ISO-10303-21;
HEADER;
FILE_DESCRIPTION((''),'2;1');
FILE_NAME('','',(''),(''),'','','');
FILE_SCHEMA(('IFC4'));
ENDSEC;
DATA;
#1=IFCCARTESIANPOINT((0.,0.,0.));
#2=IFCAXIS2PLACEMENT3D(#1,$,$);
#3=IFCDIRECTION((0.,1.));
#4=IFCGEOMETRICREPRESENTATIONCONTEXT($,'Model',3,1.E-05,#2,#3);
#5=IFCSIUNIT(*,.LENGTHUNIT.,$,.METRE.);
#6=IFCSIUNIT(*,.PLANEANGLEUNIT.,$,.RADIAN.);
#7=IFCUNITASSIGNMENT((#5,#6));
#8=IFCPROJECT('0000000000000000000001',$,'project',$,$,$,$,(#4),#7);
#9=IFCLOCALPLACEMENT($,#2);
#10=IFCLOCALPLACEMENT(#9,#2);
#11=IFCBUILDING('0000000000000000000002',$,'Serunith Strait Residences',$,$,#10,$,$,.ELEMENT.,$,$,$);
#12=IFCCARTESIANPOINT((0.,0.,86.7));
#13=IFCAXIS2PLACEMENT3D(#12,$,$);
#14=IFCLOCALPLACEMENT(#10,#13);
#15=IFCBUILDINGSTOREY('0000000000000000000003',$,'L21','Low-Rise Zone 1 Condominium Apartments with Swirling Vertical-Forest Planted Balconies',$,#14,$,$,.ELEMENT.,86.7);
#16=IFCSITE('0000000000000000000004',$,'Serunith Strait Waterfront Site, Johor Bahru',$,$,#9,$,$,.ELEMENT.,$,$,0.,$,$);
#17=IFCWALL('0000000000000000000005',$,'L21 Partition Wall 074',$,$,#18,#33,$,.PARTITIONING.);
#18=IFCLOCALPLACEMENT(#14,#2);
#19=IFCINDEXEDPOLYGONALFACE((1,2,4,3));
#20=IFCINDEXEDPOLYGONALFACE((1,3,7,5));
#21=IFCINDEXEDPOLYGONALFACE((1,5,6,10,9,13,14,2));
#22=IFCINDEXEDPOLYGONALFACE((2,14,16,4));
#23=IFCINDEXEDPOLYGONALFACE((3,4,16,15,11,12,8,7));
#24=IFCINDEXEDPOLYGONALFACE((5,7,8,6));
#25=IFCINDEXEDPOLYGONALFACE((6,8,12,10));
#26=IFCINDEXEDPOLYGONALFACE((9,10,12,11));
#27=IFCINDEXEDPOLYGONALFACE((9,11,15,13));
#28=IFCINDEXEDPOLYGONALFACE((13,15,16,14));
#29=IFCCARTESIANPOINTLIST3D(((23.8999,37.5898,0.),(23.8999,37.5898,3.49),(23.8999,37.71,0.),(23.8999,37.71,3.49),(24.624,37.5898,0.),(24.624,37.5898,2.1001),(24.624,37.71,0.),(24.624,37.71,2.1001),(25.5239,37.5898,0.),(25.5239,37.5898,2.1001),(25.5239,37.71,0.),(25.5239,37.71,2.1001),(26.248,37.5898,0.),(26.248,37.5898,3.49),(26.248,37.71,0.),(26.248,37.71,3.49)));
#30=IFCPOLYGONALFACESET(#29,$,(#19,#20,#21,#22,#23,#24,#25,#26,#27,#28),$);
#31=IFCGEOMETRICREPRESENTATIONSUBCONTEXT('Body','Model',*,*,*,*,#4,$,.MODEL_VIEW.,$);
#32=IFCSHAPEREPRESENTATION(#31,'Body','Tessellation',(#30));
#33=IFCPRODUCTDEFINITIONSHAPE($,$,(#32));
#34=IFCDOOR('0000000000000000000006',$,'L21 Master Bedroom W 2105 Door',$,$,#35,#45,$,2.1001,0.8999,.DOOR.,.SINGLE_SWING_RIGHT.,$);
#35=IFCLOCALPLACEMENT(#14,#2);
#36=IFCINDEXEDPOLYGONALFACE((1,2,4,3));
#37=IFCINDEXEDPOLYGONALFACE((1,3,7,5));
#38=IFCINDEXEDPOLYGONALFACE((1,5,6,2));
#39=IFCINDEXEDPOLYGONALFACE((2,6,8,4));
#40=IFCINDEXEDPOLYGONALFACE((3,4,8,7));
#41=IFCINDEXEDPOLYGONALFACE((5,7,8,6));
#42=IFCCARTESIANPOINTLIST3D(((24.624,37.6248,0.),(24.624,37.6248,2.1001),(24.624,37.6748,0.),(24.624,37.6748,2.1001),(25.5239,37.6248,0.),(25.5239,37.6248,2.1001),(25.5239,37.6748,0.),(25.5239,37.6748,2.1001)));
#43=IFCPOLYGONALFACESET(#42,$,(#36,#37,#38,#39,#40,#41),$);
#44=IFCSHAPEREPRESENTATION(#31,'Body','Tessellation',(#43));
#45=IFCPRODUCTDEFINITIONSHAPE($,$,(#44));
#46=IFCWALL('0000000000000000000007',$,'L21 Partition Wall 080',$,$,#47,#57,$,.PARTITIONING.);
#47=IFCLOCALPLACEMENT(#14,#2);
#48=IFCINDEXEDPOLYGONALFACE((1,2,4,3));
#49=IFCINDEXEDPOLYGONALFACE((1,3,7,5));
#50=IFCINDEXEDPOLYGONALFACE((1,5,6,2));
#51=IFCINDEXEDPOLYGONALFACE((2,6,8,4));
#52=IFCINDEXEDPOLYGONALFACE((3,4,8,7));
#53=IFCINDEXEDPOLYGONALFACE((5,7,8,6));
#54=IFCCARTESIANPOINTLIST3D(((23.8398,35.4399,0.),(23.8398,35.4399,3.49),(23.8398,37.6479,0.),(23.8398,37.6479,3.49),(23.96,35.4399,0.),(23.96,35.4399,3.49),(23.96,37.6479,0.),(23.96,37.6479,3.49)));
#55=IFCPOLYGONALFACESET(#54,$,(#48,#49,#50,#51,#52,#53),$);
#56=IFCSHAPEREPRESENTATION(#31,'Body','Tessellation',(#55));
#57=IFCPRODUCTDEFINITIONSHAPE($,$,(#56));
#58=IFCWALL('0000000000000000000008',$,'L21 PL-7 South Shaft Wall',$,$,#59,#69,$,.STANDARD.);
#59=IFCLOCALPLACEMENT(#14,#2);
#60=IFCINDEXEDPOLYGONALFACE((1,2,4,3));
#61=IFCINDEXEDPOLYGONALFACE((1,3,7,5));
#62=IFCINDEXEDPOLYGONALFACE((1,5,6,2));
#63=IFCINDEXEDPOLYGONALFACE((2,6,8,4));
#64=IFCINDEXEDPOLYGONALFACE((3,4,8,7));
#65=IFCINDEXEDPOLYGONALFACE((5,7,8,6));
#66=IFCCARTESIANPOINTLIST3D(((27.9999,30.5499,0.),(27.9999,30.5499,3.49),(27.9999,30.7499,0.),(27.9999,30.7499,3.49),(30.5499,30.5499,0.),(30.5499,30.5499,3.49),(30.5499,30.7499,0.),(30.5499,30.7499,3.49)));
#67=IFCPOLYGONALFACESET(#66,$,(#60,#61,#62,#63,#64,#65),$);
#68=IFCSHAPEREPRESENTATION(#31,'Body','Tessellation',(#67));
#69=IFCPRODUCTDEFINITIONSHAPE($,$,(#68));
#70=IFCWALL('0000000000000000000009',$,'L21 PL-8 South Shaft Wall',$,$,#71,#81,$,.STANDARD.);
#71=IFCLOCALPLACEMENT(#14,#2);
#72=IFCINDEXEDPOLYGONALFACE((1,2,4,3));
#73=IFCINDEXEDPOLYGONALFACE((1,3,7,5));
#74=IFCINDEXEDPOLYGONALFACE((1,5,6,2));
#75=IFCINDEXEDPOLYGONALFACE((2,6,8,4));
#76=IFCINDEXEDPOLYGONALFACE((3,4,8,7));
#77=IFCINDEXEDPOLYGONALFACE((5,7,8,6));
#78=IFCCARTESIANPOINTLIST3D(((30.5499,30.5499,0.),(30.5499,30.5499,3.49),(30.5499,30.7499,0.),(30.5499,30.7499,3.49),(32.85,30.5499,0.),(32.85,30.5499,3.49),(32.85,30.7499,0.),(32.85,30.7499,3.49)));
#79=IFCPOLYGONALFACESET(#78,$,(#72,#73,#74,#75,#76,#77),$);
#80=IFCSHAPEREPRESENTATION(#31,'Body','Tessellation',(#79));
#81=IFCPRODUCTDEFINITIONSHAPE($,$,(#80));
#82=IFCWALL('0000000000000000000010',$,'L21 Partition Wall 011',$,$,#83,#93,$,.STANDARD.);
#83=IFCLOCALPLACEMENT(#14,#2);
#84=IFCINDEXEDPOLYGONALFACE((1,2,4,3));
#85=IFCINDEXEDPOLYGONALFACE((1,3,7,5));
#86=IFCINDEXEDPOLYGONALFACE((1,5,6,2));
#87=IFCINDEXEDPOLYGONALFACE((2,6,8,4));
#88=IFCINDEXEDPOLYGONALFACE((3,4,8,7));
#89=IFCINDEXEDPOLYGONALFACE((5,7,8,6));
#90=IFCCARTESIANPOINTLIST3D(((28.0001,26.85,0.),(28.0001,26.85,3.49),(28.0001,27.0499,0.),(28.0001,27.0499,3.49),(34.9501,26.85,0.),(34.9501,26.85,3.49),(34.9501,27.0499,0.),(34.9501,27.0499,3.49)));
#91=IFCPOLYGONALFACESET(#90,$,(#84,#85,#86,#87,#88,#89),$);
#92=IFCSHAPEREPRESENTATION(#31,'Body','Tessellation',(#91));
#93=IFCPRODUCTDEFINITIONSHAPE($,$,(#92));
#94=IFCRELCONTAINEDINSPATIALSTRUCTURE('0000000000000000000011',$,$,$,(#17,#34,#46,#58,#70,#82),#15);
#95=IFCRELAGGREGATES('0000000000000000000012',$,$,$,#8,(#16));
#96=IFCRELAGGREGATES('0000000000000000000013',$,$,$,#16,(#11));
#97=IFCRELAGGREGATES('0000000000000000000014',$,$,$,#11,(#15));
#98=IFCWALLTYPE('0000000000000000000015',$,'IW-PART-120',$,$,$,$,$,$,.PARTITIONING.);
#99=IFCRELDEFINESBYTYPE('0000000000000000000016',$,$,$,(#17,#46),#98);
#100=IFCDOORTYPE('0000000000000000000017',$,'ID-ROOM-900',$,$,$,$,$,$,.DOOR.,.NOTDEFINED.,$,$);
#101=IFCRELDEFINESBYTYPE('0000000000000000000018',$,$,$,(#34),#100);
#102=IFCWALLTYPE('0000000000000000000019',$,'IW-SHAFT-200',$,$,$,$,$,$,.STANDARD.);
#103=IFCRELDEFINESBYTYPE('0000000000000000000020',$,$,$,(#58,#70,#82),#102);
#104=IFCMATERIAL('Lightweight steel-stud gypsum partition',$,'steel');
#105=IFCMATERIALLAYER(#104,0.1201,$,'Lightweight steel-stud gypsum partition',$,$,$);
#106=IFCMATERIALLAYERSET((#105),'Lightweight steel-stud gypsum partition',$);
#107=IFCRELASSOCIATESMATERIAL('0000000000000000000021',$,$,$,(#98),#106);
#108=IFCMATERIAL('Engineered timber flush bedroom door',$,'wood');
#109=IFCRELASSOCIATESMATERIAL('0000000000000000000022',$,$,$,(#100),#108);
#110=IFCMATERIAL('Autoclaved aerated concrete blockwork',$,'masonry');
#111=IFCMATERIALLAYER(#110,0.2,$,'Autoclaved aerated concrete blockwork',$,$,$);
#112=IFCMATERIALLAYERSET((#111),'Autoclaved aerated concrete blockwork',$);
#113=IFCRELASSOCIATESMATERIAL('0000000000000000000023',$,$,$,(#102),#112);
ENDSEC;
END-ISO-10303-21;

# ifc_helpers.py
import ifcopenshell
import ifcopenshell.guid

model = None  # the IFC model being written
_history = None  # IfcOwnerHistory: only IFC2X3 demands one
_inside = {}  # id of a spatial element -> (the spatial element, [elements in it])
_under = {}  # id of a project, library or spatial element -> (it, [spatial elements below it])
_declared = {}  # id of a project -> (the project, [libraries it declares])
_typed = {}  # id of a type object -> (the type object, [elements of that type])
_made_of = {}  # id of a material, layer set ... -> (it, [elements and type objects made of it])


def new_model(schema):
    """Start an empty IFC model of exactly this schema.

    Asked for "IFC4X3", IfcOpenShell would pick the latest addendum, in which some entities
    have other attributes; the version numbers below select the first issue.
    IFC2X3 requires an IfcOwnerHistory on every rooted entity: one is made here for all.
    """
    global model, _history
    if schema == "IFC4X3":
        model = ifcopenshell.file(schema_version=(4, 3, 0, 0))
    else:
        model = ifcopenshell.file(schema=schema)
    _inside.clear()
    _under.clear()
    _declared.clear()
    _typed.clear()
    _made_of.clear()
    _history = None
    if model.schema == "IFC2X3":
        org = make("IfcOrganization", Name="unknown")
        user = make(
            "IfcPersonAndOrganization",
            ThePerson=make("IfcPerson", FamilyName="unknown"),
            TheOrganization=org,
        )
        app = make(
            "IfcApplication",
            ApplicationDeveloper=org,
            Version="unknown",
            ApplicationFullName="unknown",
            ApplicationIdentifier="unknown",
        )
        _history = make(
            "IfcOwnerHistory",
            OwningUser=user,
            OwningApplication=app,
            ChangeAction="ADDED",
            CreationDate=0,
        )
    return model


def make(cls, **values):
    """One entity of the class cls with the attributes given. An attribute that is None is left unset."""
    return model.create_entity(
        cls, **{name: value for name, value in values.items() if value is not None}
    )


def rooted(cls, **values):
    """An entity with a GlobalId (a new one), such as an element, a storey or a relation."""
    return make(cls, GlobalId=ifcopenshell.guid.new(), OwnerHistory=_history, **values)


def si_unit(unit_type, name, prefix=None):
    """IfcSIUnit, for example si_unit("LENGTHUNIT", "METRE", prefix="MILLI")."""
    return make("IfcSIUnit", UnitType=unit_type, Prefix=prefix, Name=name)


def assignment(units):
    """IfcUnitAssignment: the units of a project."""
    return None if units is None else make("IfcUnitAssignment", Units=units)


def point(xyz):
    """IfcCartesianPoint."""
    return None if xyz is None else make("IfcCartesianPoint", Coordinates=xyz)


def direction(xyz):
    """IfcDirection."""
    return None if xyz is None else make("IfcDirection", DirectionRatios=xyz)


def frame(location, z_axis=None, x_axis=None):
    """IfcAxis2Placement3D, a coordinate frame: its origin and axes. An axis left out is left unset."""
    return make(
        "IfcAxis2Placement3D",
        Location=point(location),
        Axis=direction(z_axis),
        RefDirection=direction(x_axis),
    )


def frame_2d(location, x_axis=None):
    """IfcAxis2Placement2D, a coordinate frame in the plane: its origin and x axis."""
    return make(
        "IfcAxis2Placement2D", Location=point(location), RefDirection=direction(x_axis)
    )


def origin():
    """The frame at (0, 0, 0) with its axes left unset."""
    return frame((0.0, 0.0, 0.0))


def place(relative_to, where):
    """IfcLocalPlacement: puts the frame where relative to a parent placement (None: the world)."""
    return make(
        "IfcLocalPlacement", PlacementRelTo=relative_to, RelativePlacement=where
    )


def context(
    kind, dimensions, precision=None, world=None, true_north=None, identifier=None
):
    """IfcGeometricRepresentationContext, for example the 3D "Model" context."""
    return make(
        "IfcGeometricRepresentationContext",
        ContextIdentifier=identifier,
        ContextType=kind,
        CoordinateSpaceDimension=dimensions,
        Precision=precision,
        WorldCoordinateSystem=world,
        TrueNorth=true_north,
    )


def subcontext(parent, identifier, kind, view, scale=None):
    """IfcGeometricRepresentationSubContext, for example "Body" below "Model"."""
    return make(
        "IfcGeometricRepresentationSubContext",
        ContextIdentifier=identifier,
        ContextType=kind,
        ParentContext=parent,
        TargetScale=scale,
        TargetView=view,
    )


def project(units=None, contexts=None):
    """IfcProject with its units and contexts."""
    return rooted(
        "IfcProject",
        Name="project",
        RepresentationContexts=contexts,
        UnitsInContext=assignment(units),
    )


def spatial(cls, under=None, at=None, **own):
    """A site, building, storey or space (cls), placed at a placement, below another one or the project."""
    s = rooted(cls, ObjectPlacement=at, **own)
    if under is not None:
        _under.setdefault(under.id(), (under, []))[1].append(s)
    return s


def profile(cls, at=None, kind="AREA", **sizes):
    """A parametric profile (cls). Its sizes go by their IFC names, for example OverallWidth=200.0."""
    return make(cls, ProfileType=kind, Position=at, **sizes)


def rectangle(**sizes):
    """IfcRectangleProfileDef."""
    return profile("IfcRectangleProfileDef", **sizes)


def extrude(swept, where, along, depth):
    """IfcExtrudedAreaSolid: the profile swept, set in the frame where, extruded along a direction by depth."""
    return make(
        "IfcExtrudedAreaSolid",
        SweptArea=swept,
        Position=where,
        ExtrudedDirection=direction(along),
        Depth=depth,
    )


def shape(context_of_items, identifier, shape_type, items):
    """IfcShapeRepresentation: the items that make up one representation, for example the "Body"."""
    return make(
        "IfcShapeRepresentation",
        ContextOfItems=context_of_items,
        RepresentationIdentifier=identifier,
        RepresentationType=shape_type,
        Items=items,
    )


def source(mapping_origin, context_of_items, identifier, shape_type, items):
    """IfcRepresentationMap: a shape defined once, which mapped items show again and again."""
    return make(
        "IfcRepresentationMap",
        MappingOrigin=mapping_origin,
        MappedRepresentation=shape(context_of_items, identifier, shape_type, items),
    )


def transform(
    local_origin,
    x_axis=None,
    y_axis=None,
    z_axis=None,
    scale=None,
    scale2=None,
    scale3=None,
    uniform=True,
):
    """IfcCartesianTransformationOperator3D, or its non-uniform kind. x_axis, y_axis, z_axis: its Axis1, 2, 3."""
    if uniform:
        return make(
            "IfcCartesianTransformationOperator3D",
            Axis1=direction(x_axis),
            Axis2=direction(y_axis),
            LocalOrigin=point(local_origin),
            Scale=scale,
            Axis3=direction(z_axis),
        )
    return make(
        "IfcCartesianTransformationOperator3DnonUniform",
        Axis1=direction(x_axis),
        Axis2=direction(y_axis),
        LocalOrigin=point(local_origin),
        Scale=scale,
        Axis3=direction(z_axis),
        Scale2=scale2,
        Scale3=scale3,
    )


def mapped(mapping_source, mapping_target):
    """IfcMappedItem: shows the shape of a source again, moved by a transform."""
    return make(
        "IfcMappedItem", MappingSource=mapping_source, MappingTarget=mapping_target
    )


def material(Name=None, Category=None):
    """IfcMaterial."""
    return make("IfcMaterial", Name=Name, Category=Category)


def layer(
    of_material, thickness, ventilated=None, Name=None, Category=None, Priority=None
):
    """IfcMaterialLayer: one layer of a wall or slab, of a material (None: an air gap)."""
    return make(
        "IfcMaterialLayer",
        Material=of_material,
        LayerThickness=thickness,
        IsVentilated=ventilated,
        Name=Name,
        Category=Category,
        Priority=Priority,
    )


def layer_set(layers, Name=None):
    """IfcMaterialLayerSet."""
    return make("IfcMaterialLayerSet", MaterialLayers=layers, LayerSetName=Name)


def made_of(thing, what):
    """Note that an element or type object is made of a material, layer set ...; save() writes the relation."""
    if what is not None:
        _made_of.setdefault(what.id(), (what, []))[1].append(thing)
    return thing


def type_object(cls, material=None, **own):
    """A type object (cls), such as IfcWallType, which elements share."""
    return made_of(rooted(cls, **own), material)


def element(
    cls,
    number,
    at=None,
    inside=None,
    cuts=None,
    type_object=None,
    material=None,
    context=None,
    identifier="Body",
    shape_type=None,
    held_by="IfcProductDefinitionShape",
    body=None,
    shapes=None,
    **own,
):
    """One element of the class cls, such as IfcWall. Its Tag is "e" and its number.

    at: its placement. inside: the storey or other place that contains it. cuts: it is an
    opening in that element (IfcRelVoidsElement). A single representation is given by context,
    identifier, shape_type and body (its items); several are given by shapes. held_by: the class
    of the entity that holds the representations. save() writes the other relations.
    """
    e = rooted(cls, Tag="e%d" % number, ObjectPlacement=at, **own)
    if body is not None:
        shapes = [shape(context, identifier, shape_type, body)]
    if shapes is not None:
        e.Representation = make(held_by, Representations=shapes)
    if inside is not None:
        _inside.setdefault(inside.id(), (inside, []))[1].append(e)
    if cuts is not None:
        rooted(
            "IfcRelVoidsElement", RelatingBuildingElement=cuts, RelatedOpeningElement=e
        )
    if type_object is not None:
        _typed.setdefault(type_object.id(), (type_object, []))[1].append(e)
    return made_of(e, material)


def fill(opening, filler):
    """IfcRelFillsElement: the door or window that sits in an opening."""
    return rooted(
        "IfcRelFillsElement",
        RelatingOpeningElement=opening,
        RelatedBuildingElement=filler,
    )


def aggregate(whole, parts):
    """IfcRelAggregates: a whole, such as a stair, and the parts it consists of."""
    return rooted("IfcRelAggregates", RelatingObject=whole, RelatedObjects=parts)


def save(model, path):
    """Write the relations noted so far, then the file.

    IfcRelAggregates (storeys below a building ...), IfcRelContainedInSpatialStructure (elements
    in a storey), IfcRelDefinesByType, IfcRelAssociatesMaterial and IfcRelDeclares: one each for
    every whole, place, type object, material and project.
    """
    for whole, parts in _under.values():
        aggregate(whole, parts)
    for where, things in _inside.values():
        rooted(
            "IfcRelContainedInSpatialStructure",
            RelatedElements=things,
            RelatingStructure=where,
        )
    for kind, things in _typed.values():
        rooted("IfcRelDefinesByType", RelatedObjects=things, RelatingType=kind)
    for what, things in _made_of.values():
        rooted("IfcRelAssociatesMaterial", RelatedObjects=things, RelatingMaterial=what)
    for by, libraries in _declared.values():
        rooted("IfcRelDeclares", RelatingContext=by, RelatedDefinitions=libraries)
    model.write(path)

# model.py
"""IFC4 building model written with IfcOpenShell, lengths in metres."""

from ifc_helpers import new_model, si_unit, direction, frame, frame_2d, origin, place, context, subcontext, project, spatial, rectangle, extrude, source, transform, mapped, material, layer, layer_set, type_object, element, fill, save


model = new_model("IFC4")

# Units and contexts
model_context = context("Model", 3, precision=1e-05, world=origin(), true_north=direction((0.0, 1.0)))
body_context = subcontext(model_context, "Body", "Model", "MODEL_VIEW")
ifc_project = project(units=[si_unit("LENGTHUNIT", "METRE"), si_unit("PLANEANGLEUNIT", "RADIAN")], contexts=[model_context])

# Site, building, storey
site_placement = place(None, origin())
site = spatial("IfcSite", under=ifc_project, at=site_placement, Name="Serunith Strait Waterfront Site, Johor Bahru", CompositionType="ELEMENT", RefElevation=0.0)
building_placement = place(site_placement, origin())
building = spatial("IfcBuilding", under=site, at=building_placement, Name="Serunith Strait Residences", CompositionType="ELEMENT")
storey_placement = place(building_placement, frame((0.0, 0.0, 86.7)))
storey = spatial("IfcBuildingStorey", under=building, at=storey_placement, Name="L21", Description="Low-Rise Zone 1 Condominium Apartments with Swirling Vertical-Forest Planted Balconies", CompositionType="ELEMENT", Elevation=86.7)

# Wall, opening, door
ifc_material_1 = material(Name="Lightweight steel-stud gypsum partition", Category="steel")
ifc_layer_1 = layer(ifc_material_1, 0.1201, Name="Lightweight steel-stud gypsum partition")
ifc_layer_set_1 = layer_set([ifc_layer_1], Name="Lightweight steel-stud gypsum partition")
wall_type_1 = type_object("IfcWallType", Name="IW-PART-120", PredefinedType="PARTITIONING", material=ifc_layer_set_1)
wall_1_placement = place(storey_placement, frame((23.8999, 37.6499, 0.0), z_axis=(0.0, 0.0, 1.0), x_axis=(1.0, 0.0, 0.0)))
wall_1 = element("IfcWall", 1, at=wall_1_placement, inside=storey, type_object=wall_type_1, Name="L21 Partition Wall 074", PredefinedType="PARTITIONING", context=body_context, shape_type="SweptSolid", body=[
    extrude(rectangle(XDim=2.3481, YDim=0.1201, at=frame_2d((1.1741, 0.0))), origin(), (0.0, 0.0, 1.0), 3.49),
])
opening_placement = place(wall_1_placement, frame((0.7241, 0.0, 0.0)))
opening = element("IfcOpeningElement", 2, at=opening_placement, cuts=wall_1, PredefinedType="OPENING", context=body_context, shape_type="SweptSolid", body=[
    extrude(rectangle(XDim=0.8999, YDim=2.1001, at=frame_2d((0.45, 1.05))), frame((0.0, 0.0701, 0.0), z_axis=(0.0, -1.0, 0.0), x_axis=(1.0, 0.0, 0.0)), (0.0, 0.0, 1.0), 0.1401),
])
ifc_material_2 = material(Name="Engineered timber flush bedroom door", Category="wood")
door_type = type_object("IfcDoorType", Name="ID-ROOM-900", OperationType="NOTDEFINED", PredefinedType="DOOR", material=ifc_material_2)
shared_shape_1 = source(origin(), body_context, "Body", "SweptSolid", [
    extrude(rectangle(XDim=0.8999, YDim=2.1001, at=frame_2d((0.45, 1.05))), frame((0.0, 0.0249, 0.0), z_axis=(0.0, -1.0, 0.0), x_axis=(1.0, 0.0, 0.0)), (0.0, 0.0, 1.0), 0.05),
])
door_placement = place(opening_placement, origin())
door = element("IfcDoor", 3, at=door_placement, inside=storey, type_object=door_type, Name="L21 Master Bedroom W 2105 Door", OperationType="SINGLE_SWING_RIGHT", OverallHeight=2.1001, OverallWidth=0.8999, PredefinedType="DOOR", context=body_context, shape_type="MappedRepresentation", body=[
    mapped(shared_shape_1, transform((0.0, 0.0, 0.0), scale=1.0)),
])
fill(opening, door)

# Walls
wall_2_placement = place(storey_placement, frame((23.8999, 37.6479, 0.0), z_axis=(0.0, 0.0, 1.0), x_axis=(0.0, -1.0, 0.0)))
element("IfcWall", 4, at=wall_2_placement, inside=storey, type_object=wall_type_1, Name="L21 Partition Wall 080", PredefinedType="PARTITIONING", context=body_context, shape_type="SweptSolid", body=[
    extrude(rectangle(XDim=2.208, YDim=0.1201, at=frame_2d((1.104, 0.0))), origin(), (0.0, 0.0, 1.0), 3.49),
])
ifc_material_3 = material(Name="Autoclaved aerated concrete blockwork", Category="masonry")
ifc_layer_2 = layer(ifc_material_3, 0.2, Name="Autoclaved aerated concrete blockwork")
ifc_layer_set_2 = layer_set([ifc_layer_2], Name="Autoclaved aerated concrete blockwork")
wall_type_2 = type_object("IfcWallType", Name="IW-SHAFT-200", PredefinedType="STANDARD", material=ifc_layer_set_2)
wall_3_placement = place(storey_placement, frame((28.0, 30.6499, 0.0), z_axis=(0.0, 0.0, 1.0), x_axis=(1.0, 0.0, 0.0)))
element("IfcWall", 5, at=wall_3_placement, inside=storey, type_object=wall_type_2, Name="L21 PL-7 South Shaft Wall", PredefinedType="STANDARD", context=body_context, shape_type="SweptSolid", body=[
    extrude(rectangle(XDim=2.55, YDim=0.2, at=frame_2d((1.2749, 0.0))), origin(), (0.0, 0.0, 1.0), 3.49),
])
wall_4_placement = place(storey_placement, frame((30.55, 30.6499, 0.0), z_axis=(0.0, 0.0, 1.0), x_axis=(1.0, 0.0, 0.0)))
element("IfcWall", 6, at=wall_4_placement, inside=storey, type_object=wall_type_2, Name="L21 PL-8 South Shaft Wall", PredefinedType="STANDARD", context=body_context, shape_type="SweptSolid", body=[
    extrude(rectangle(XDim=2.3, YDim=0.2, at=frame_2d((1.1499, 0.0))), origin(), (0.0, 0.0, 1.0), 3.49),
])
wall_5_placement = place(storey_placement, frame((28.0, 26.95, 0.0), z_axis=(0.0, 0.0, 1.0), x_axis=(1.0, 0.0, 0.0)))
element("IfcWall", 7, at=wall_5_placement, inside=storey, type_object=wall_type_2, Name="L21 Partition Wall 011", PredefinedType="STANDARD", context=body_context, shape_type="SweptSolid", body=[
    extrude(rectangle(XDim=6.95, YDim=0.2, at=frame_2d((3.4751, 0.0))), origin(), (0.0, 0.0, 1.0), 3.49),
])

save(model, "model.ifc")
